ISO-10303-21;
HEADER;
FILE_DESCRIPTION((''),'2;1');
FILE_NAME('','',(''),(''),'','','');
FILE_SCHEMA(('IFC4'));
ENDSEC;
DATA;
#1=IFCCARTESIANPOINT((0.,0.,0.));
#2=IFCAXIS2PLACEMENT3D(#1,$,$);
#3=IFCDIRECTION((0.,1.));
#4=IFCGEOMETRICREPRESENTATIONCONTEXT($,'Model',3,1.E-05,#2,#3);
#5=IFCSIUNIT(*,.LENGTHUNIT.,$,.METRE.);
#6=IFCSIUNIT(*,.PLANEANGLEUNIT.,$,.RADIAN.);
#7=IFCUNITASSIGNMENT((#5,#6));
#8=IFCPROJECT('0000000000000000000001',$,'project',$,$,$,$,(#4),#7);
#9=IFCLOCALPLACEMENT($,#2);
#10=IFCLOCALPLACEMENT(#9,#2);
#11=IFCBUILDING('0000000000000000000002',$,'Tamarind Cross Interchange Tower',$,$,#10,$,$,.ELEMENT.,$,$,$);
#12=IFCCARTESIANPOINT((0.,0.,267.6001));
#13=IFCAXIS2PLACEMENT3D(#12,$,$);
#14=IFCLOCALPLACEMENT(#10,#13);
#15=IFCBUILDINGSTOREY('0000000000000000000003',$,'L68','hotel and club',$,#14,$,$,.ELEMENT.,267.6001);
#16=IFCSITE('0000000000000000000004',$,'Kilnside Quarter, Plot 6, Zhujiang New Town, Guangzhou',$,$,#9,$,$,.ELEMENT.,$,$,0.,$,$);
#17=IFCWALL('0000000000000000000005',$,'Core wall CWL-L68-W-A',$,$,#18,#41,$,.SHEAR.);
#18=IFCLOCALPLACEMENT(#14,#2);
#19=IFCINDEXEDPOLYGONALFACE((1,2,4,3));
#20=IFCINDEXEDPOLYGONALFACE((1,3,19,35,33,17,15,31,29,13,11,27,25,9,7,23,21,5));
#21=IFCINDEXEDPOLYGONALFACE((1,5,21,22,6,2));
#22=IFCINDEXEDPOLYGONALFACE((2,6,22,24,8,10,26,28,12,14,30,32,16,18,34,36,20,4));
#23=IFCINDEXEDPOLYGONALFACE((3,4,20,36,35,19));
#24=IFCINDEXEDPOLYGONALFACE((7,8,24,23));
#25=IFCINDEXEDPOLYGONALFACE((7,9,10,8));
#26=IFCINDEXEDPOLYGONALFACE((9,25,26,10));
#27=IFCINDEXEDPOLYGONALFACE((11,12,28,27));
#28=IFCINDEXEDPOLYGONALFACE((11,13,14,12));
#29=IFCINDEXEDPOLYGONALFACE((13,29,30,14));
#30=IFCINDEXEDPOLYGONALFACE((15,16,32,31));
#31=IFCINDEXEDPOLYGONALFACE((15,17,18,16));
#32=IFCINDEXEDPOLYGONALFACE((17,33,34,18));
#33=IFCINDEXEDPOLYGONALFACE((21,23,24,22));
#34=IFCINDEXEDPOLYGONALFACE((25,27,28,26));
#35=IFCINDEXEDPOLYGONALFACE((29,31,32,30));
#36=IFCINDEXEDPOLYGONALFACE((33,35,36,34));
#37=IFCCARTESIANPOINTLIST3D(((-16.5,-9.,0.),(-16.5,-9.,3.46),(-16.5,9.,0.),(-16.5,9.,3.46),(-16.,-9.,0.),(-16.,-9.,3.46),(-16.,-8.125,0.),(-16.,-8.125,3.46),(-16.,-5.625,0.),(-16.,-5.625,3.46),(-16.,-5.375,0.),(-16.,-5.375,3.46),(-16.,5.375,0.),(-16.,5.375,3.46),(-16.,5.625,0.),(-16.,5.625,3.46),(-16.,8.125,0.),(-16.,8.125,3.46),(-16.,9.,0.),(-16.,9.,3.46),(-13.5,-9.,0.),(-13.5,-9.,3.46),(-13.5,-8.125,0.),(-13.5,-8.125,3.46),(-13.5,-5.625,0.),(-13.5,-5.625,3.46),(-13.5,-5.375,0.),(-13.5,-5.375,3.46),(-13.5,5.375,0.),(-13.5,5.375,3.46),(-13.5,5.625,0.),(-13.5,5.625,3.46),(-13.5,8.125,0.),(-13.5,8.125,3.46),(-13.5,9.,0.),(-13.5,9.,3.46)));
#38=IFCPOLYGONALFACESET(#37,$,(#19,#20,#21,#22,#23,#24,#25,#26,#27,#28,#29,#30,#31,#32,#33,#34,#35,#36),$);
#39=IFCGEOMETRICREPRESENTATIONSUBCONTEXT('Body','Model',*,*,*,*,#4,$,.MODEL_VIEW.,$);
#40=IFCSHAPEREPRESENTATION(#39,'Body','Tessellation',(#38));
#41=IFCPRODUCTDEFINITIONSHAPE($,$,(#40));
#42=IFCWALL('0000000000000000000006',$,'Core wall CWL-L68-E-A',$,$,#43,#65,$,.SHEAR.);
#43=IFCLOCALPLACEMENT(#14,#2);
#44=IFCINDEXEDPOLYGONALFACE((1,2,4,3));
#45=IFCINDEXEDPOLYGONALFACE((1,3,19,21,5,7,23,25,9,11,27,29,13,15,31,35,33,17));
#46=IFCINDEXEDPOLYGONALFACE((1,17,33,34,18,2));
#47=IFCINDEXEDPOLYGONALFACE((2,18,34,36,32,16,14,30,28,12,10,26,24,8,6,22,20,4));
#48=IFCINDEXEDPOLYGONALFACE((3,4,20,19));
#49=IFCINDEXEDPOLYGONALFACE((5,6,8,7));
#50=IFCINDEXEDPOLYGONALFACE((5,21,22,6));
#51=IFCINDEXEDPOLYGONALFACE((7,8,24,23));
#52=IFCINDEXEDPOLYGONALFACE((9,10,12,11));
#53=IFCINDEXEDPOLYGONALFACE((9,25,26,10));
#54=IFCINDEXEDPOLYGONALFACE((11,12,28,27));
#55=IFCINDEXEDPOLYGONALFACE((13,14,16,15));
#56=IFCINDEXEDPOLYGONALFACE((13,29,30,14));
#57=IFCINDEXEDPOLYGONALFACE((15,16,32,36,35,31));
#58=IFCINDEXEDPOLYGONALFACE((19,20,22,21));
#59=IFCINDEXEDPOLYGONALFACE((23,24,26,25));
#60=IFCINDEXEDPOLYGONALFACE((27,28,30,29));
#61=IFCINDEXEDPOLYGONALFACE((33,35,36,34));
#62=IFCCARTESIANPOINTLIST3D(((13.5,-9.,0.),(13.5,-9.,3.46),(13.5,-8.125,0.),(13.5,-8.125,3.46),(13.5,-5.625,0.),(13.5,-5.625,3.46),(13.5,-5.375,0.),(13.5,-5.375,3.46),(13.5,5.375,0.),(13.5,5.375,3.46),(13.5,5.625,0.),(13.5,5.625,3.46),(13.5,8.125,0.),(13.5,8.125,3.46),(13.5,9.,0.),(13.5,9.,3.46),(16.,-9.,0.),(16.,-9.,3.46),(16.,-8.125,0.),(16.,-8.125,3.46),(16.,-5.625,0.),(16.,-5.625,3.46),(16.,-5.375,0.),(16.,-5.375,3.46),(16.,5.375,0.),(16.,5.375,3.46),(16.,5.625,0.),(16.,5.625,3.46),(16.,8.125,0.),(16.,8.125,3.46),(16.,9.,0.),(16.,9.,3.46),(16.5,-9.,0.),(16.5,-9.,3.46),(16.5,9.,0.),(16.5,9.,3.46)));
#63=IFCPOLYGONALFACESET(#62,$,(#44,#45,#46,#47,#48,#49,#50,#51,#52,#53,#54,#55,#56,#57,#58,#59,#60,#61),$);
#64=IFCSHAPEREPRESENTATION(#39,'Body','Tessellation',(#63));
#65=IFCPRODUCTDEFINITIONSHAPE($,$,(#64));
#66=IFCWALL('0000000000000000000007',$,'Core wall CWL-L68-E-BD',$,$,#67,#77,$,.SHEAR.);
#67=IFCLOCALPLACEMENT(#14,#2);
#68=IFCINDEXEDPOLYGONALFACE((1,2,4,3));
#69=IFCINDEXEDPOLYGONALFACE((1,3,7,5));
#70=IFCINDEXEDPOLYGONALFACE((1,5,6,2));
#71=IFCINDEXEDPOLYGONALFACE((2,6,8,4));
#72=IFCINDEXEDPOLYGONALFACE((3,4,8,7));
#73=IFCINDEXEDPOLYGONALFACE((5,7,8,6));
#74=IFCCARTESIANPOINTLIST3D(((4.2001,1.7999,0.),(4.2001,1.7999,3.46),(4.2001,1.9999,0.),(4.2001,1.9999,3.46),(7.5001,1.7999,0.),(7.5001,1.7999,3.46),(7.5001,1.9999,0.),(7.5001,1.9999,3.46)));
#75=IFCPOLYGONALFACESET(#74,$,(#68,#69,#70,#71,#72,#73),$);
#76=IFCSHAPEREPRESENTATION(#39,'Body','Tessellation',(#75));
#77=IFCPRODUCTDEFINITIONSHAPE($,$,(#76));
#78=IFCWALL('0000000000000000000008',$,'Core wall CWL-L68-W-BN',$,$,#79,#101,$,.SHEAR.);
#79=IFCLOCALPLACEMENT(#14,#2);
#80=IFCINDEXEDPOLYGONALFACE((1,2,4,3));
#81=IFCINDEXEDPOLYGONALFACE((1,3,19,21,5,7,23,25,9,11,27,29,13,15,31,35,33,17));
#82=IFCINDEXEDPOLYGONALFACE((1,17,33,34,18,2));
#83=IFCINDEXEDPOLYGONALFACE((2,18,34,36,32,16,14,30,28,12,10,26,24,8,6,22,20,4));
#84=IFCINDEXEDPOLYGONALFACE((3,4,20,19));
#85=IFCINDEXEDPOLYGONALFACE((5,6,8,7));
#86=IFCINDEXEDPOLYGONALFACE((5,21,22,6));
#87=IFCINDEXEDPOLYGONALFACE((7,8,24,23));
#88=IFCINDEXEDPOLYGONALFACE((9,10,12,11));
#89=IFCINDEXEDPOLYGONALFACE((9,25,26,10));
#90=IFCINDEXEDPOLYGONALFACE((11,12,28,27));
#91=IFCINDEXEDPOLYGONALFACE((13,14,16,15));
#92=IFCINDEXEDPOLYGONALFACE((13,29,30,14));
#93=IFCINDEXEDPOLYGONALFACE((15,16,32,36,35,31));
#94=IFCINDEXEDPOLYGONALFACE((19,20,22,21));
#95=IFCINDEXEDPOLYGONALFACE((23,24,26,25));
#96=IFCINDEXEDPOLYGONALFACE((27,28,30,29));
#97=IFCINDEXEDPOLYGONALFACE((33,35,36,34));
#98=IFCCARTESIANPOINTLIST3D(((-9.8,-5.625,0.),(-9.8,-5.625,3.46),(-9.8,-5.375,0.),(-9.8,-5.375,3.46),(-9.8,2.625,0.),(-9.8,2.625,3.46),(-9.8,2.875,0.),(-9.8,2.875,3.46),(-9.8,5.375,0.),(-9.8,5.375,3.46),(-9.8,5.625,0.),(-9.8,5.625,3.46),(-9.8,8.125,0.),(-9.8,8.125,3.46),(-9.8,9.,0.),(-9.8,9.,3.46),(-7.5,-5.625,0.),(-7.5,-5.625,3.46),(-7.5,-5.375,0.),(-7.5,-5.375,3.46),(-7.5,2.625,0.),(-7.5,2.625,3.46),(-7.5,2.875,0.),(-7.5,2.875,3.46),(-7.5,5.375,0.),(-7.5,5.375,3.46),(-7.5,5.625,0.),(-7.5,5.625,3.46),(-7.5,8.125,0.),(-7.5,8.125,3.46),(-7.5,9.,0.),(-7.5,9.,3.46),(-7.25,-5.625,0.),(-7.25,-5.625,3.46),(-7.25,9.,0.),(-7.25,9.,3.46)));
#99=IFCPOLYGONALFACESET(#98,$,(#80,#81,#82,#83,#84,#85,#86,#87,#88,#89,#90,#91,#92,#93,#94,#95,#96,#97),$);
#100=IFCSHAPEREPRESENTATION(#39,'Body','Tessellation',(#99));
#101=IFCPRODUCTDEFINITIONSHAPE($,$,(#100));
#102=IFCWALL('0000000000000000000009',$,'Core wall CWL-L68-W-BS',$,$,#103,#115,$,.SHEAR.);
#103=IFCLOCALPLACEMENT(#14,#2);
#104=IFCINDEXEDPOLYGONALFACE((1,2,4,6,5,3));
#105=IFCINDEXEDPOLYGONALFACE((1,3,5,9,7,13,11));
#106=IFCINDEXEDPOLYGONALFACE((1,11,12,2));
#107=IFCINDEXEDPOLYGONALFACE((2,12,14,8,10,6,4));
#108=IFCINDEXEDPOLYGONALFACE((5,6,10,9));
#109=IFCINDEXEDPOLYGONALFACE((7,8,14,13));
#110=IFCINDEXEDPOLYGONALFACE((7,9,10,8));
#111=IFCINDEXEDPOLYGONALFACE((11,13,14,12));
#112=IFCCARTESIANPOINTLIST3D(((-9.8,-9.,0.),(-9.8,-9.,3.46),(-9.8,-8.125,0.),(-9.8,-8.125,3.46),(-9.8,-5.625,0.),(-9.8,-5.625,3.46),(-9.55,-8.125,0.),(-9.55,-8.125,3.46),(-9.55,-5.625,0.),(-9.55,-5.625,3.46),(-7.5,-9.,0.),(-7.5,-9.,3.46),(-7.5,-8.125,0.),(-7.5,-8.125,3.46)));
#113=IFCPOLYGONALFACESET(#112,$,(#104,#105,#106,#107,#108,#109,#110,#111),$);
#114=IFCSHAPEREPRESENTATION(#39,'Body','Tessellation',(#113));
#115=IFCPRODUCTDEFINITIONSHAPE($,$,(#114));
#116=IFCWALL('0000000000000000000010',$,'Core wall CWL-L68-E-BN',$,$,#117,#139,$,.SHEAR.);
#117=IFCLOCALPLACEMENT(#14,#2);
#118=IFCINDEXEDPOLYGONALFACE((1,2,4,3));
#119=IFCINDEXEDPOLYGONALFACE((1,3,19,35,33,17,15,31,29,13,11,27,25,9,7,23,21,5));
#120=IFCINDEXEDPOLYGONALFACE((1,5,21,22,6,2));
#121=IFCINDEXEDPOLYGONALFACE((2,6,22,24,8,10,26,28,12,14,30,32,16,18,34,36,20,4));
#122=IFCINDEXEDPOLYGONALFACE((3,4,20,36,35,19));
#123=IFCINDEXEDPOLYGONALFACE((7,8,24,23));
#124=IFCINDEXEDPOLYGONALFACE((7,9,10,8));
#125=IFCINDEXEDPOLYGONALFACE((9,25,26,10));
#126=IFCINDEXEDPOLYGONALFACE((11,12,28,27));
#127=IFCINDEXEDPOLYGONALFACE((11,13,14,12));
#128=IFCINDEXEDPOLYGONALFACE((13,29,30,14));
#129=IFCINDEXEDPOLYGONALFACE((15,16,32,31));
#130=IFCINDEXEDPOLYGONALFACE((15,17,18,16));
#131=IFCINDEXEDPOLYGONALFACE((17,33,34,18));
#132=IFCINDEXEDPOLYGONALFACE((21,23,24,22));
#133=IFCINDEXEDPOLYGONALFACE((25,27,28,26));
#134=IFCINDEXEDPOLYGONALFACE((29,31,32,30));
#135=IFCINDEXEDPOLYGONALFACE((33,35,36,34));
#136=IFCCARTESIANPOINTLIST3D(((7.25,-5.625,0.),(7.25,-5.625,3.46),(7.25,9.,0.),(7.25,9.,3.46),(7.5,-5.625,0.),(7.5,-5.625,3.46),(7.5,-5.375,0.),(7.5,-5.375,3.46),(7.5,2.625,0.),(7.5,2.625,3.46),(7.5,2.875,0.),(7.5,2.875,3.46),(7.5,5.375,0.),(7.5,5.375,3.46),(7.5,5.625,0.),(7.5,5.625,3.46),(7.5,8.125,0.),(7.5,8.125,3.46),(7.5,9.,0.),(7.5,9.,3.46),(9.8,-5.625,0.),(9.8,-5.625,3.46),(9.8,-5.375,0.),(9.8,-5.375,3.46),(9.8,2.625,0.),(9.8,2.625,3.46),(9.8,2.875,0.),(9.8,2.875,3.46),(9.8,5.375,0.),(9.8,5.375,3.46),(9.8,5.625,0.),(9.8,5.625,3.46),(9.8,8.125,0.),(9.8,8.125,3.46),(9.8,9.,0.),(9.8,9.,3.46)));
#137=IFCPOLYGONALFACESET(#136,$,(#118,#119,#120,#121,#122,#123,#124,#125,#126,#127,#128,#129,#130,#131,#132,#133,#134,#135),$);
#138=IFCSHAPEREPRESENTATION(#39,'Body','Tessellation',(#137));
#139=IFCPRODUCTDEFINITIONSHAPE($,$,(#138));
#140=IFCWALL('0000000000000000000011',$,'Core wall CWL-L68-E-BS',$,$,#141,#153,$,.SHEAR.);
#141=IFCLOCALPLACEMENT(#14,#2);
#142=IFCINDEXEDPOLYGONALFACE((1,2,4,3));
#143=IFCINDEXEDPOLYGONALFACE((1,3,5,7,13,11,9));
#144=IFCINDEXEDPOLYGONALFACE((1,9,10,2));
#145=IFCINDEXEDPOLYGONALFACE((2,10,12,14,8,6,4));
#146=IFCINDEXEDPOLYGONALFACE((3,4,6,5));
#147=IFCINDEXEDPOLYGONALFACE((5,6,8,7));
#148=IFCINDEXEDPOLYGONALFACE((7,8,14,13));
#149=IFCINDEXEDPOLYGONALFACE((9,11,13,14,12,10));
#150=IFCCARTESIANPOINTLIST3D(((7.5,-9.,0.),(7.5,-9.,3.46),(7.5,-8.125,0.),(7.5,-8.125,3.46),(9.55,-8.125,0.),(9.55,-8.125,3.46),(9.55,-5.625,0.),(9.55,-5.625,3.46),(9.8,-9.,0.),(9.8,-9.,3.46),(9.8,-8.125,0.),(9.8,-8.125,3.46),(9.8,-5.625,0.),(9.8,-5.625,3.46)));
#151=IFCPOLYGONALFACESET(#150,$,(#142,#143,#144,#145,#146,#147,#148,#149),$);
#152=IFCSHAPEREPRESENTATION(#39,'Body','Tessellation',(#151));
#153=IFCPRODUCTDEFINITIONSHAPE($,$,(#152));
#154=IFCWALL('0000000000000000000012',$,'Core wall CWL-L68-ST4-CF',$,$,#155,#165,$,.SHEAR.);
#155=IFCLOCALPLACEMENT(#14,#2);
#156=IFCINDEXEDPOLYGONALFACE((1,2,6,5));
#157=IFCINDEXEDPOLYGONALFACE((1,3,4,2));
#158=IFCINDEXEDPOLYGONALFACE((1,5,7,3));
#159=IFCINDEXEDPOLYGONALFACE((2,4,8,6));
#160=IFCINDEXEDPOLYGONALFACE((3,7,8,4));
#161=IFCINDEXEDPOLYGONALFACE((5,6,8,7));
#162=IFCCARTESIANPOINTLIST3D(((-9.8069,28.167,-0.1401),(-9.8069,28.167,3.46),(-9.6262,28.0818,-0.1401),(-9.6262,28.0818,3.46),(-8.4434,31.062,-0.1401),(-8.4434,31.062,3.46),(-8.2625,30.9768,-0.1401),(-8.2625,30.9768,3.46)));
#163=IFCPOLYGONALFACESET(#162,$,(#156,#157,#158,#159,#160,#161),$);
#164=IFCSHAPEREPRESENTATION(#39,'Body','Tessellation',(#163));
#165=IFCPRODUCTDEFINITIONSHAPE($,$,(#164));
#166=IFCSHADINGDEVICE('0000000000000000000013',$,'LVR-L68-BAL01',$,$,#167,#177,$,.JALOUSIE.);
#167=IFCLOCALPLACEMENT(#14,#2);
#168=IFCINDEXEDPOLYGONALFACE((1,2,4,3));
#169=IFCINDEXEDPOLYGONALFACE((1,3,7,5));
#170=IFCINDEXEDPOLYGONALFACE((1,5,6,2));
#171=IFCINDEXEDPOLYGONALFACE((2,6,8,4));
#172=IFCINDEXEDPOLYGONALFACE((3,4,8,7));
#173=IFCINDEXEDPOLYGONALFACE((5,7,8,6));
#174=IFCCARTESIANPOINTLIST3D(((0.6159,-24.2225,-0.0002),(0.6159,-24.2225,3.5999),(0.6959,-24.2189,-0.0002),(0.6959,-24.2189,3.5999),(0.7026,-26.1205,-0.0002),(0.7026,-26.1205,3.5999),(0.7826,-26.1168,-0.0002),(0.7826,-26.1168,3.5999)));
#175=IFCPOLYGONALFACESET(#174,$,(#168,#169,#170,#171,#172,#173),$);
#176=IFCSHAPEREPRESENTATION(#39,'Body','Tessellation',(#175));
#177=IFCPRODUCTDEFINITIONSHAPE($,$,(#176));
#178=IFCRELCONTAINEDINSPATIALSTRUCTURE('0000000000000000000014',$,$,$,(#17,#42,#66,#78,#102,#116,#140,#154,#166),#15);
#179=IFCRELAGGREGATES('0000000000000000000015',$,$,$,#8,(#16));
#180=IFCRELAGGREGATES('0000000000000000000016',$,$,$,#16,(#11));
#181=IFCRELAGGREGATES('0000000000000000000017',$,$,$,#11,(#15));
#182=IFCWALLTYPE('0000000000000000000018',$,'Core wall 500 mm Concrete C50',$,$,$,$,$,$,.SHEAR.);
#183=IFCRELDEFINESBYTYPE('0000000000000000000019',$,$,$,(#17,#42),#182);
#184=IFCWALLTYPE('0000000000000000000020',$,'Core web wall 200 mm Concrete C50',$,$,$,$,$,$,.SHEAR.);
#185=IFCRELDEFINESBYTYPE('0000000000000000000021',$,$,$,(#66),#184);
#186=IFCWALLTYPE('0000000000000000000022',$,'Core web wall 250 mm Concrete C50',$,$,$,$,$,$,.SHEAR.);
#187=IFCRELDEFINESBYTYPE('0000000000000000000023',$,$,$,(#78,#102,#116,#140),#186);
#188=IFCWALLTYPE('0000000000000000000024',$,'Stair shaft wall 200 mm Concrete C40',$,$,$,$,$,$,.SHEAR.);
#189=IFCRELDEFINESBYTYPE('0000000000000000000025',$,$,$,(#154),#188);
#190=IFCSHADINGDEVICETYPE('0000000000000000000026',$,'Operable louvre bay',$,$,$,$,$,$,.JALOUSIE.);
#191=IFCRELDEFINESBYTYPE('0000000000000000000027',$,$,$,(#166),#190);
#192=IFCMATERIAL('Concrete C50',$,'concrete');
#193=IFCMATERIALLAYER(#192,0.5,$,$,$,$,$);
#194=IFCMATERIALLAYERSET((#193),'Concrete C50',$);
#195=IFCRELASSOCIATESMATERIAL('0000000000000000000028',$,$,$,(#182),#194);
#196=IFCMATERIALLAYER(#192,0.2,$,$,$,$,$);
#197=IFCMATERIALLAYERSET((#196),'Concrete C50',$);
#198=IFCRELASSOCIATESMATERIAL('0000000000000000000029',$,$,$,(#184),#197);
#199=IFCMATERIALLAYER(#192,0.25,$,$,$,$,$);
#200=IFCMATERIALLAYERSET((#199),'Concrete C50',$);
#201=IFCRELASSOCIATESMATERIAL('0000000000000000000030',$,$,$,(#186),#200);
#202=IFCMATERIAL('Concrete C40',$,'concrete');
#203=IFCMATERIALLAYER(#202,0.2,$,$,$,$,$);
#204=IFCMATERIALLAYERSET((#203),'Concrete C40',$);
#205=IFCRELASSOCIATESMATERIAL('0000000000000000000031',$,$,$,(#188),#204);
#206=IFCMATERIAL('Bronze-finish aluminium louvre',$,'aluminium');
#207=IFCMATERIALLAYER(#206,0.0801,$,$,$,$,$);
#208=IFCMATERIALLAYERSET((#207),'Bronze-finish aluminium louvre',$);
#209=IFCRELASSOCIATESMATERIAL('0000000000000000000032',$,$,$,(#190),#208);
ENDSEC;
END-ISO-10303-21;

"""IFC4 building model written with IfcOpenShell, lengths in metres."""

from ifc_helpers import new_model, si_unit, direction, frame, frame_2d, origin, origin_2d, place, context, subcontext, project, spatial, polyline, rectangle, outline, extrude, material, layer, layer_set, type_object, element, save


model = new_model("IFC4")

# Units and contexts
model_context = context("Model", 3, precision=1e-05, world=origin(), true_north=direction((0.0, 1.0)))
body_context = subcontext(model_context, "Body", "Model", "MODEL_VIEW")
ifc_project = project(units=[si_unit("LENGTHUNIT", "METRE"), si_unit("PLANEANGLEUNIT", "RADIAN")], contexts=[model_context])

# Site, building, storey
site_placement = place(None, origin())
site = spatial("IfcSite", under=ifc_project, at=site_placement, Name="Kilnside Quarter, Plot 6, Zhujiang New Town, Guangzhou", CompositionType="ELEMENT", RefElevation=0.0)
building_placement = place(site_placement, origin())
building = spatial("IfcBuilding", under=site, at=building_placement, Name="Tamarind Cross Interchange Tower", CompositionType="ELEMENT")
storey_placement = place(building_placement, frame((0.0, 0.0, 267.6001)))
storey = spatial("IfcBuildingStorey", under=building, at=storey_placement, Name="L68", Description="hotel and club", CompositionType="ELEMENT", Elevation=267.6001)

# Shared definitions
ifc_material_1 = material(Name="Concrete C40", Category="concrete")

# Walls
ifc_material_2 = material(Name="Concrete C50", Category="concrete")
ifc_layer_1 = layer(ifc_material_2, 0.5)
ifc_layer_set_1 = layer_set([ifc_layer_1], Name="Concrete C50")
wall_type_1 = type_object("IfcWallType", Name="Core wall 500 mm Concrete C50", PredefinedType="SHEAR", material=ifc_layer_set_1)
wall_1_placement = place(storey_placement, origin())
element("IfcWall", 1, at=wall_1_placement, inside=storey, type_object=wall_type_1, Name="Core wall CWL-L68-W-A", PredefinedType="SHEAR", context=body_context, shape_type="SweptSolid", body=[
    extrude(outline(polyline([(-13.5, -8.125), (-16.0, -8.125), (-16.0, -5.625), (-13.5, -5.625), (-13.5, -5.375), (-16.0, -5.375), (-16.0, 5.375), (-13.5, 5.375), (-13.5, 5.625), (-16.0, 5.625), (-16.0, 8.125), (-13.5, 8.125), (-13.5, 9.0), (-16.0, 9.0), (-16.5, 9.0), (-16.5, -9.0), (-16.0, -9.0), (-13.5, -9.0), (-13.5, -8.125)])), origin(), (0.0, 0.0, 1.0), 3.46),
])
wall_2_placement = place(storey_placement, origin())
element("IfcWall", 2, at=wall_2_placement, inside=storey, type_object=wall_type_1, Name="Core wall CWL-L68-E-A", PredefinedType="SHEAR", context=body_context, shape_type="SweptSolid", body=[
    extrude(outline(polyline([(13.5, -8.125), (13.5, -9.0), (16.0, -9.0), (16.5, -9.0), (16.5, 9.0), (16.0, 9.0), (13.5, 9.0), (13.5, 8.125), (16.0, 8.125), (16.0, 5.625), (13.5, 5.625), (13.5, 5.375), (16.0, 5.375), (16.0, -5.375), (13.5, -5.375), (13.5, -5.625), (16.0, -5.625), (16.0, -8.125), (13.5, -8.125)])), origin(), (0.0, 0.0, 1.0), 3.46),
])
ifc_layer_2 = layer(ifc_material_2, 0.2)
ifc_layer_set_2 = layer_set([ifc_layer_2], Name="Concrete C50")
wall_type_2 = type_object("IfcWallType", Name="Core web wall 200 mm Concrete C50", PredefinedType="SHEAR", material=ifc_layer_set_2)
wall_3_placement = place(storey_placement, frame((7.5, 1.8999, 0.0), z_axis=(0.0, 0.0, 1.0), x_axis=(-1.0, 0.0, 0.0)))
element("IfcWall", 3, at=wall_3_placement, inside=storey, type_object=wall_type_2, Name="Core wall CWL-L68-E-BD", PredefinedType="SHEAR", context=body_context, shape_type="SweptSolid", body=[
    extrude(rectangle(XDim=3.3, YDim=0.2, at=frame_2d((1.6499, 0.0))), origin(), (0.0, 0.0, 1.0), 3.46),
])
ifc_layer_3 = layer(ifc_material_2, 0.25)
ifc_layer_set_3 = layer_set([ifc_layer_3], Name="Concrete C50")
wall_type_3 = type_object("IfcWallType", Name="Core web wall 250 mm Concrete C50", PredefinedType="SHEAR", material=ifc_layer_set_3)
wall_4_placement = place(storey_placement, origin())
element("IfcWall", 4, at=wall_4_placement, inside=storey, type_object=wall_type_3, Name="Core wall CWL-L68-W-BN", PredefinedType="SHEAR", context=body_context, shape_type="SweptSolid", body=[
    extrude(outline(polyline([(-9.8, -5.375), (-9.8, -5.625), (-7.5, -5.625), (-7.25, -5.625), (-7.25, 9.0), (-7.5, 9.0), (-9.8, 9.0), (-9.8, 8.125), (-7.5, 8.125), (-7.5, 5.625), (-9.8, 5.625), (-9.8, 5.375), (-7.5, 5.375), (-7.5, 2.875), (-9.8, 2.875), (-9.8, 2.625), (-7.5, 2.625), (-7.5, -5.375), (-9.8, -5.375)])), origin(), (0.0, 0.0, 1.0), 3.46),
])
wall_5_placement = place(storey_placement, origin())
element("IfcWall", 5, at=wall_5_placement, inside=storey, type_object=wall_type_3, Name="Core wall CWL-L68-W-BS", PredefinedType="SHEAR", context=body_context, shape_type="SweptSolid", body=[
    extrude(outline(polyline([(-7.5, -8.125), (-9.55, -8.125), (-9.55, -5.625), (-9.8, -5.625), (-9.8, -8.125), (-9.8, -9.0), (-7.5, -9.0), (-7.5, -8.125)])), origin(), (0.0, 0.0, 1.0), 3.46),
])
wall_6_placement = place(storey_placement, origin())
element("IfcWall", 6, at=wall_6_placement, inside=storey, type_object=wall_type_3, Name="Core wall CWL-L68-E-BN", PredefinedType="SHEAR", context=body_context, shape_type="SweptSolid", body=[
    extrude(outline(polyline([(9.8, -5.375), (7.5, -5.375), (7.5, 2.625), (9.8, 2.625), (9.8, 2.875), (7.5, 2.875), (7.5, 5.375), (9.8, 5.375), (9.8, 5.625), (7.5, 5.625), (7.5, 8.125), (9.8, 8.125), (9.8, 9.0), (7.5, 9.0), (7.25, 9.0), (7.25, -5.625), (7.5, -5.625), (9.8, -5.625), (9.8, -5.375)])), origin(), (0.0, 0.0, 1.0), 3.46),
])
wall_7_placement = place(storey_placement, origin())
element("IfcWall", 7, at=wall_7_placement, inside=storey, type_object=wall_type_3, Name="Core wall CWL-L68-E-BS", PredefinedType="SHEAR", context=body_context, shape_type="SweptSolid", body=[
    extrude(outline(polyline([(7.5, -8.125), (7.5, -9.0), (9.8, -9.0), (9.8, -8.125), (9.8, -5.625), (9.55, -5.625), (9.55, -8.125), (7.5, -8.125)])), origin(), (0.0, 0.0, 1.0), 3.46),
])
ifc_layer_4 = layer(ifc_material_1, 0.2)
ifc_layer_set_4 = layer_set([ifc_layer_4], Name="Concrete C40")
wall_type_4 = type_object("IfcWallType", Name="Stair shaft wall 200 mm Concrete C40", PredefinedType="SHEAR", material=ifc_layer_set_4)
wall_8_placement = place(storey_placement, frame((0.0, 0.0, -0.1401)))
element("IfcWall", 8, at=wall_8_placement, inside=storey, type_object=wall_type_4, Name="Core wall CWL-L68-ST4-CF", PredefinedType="SHEAR", context=body_context, shape_type="SweptSolid", body=[
    extrude(outline(polyline([(-8.2625, 30.9768), (-8.4434, 31.062), (-9.8069, 28.167), (-9.6262, 28.0818), (-8.2625, 30.9768)])), origin(), (0.0, 0.0, 1.0), 3.6001),
])

# Shading device
ifc_material_3 = material(Name="Bronze-finish aluminium louvre", Category="aluminium")
ifc_layer_5 = layer(ifc_material_3, 0.0801)
ifc_layer_set_5 = layer_set([ifc_layer_5], Name="Bronze-finish aluminium louvre")
shading_device_type = type_object("IfcShadingDeviceType", Name="Operable louvre bay", PredefinedType="JALOUSIE", material=ifc_layer_set_5)
shading_device_placement = place(storey_placement, origin())
element("IfcShadingDevice", 9, at=shading_device_placement, inside=storey, type_object=shading_device_type, Name="LVR-L68-BAL01", PredefinedType="JALOUSIE", context=body_context, shape_type="SweptSolid", body=[
    extrude(rectangle(XDim=1.8999, YDim=0.0801, at=origin_2d()), frame((0.6992, -25.1697, -0.0002), z_axis=(0.0, 0.0, 1.0), x_axis=(0.045624, -0.998959, 0.0)), (0.0, 0.0, 1.0), 3.6001),
])

save(model, "model.ifc")
